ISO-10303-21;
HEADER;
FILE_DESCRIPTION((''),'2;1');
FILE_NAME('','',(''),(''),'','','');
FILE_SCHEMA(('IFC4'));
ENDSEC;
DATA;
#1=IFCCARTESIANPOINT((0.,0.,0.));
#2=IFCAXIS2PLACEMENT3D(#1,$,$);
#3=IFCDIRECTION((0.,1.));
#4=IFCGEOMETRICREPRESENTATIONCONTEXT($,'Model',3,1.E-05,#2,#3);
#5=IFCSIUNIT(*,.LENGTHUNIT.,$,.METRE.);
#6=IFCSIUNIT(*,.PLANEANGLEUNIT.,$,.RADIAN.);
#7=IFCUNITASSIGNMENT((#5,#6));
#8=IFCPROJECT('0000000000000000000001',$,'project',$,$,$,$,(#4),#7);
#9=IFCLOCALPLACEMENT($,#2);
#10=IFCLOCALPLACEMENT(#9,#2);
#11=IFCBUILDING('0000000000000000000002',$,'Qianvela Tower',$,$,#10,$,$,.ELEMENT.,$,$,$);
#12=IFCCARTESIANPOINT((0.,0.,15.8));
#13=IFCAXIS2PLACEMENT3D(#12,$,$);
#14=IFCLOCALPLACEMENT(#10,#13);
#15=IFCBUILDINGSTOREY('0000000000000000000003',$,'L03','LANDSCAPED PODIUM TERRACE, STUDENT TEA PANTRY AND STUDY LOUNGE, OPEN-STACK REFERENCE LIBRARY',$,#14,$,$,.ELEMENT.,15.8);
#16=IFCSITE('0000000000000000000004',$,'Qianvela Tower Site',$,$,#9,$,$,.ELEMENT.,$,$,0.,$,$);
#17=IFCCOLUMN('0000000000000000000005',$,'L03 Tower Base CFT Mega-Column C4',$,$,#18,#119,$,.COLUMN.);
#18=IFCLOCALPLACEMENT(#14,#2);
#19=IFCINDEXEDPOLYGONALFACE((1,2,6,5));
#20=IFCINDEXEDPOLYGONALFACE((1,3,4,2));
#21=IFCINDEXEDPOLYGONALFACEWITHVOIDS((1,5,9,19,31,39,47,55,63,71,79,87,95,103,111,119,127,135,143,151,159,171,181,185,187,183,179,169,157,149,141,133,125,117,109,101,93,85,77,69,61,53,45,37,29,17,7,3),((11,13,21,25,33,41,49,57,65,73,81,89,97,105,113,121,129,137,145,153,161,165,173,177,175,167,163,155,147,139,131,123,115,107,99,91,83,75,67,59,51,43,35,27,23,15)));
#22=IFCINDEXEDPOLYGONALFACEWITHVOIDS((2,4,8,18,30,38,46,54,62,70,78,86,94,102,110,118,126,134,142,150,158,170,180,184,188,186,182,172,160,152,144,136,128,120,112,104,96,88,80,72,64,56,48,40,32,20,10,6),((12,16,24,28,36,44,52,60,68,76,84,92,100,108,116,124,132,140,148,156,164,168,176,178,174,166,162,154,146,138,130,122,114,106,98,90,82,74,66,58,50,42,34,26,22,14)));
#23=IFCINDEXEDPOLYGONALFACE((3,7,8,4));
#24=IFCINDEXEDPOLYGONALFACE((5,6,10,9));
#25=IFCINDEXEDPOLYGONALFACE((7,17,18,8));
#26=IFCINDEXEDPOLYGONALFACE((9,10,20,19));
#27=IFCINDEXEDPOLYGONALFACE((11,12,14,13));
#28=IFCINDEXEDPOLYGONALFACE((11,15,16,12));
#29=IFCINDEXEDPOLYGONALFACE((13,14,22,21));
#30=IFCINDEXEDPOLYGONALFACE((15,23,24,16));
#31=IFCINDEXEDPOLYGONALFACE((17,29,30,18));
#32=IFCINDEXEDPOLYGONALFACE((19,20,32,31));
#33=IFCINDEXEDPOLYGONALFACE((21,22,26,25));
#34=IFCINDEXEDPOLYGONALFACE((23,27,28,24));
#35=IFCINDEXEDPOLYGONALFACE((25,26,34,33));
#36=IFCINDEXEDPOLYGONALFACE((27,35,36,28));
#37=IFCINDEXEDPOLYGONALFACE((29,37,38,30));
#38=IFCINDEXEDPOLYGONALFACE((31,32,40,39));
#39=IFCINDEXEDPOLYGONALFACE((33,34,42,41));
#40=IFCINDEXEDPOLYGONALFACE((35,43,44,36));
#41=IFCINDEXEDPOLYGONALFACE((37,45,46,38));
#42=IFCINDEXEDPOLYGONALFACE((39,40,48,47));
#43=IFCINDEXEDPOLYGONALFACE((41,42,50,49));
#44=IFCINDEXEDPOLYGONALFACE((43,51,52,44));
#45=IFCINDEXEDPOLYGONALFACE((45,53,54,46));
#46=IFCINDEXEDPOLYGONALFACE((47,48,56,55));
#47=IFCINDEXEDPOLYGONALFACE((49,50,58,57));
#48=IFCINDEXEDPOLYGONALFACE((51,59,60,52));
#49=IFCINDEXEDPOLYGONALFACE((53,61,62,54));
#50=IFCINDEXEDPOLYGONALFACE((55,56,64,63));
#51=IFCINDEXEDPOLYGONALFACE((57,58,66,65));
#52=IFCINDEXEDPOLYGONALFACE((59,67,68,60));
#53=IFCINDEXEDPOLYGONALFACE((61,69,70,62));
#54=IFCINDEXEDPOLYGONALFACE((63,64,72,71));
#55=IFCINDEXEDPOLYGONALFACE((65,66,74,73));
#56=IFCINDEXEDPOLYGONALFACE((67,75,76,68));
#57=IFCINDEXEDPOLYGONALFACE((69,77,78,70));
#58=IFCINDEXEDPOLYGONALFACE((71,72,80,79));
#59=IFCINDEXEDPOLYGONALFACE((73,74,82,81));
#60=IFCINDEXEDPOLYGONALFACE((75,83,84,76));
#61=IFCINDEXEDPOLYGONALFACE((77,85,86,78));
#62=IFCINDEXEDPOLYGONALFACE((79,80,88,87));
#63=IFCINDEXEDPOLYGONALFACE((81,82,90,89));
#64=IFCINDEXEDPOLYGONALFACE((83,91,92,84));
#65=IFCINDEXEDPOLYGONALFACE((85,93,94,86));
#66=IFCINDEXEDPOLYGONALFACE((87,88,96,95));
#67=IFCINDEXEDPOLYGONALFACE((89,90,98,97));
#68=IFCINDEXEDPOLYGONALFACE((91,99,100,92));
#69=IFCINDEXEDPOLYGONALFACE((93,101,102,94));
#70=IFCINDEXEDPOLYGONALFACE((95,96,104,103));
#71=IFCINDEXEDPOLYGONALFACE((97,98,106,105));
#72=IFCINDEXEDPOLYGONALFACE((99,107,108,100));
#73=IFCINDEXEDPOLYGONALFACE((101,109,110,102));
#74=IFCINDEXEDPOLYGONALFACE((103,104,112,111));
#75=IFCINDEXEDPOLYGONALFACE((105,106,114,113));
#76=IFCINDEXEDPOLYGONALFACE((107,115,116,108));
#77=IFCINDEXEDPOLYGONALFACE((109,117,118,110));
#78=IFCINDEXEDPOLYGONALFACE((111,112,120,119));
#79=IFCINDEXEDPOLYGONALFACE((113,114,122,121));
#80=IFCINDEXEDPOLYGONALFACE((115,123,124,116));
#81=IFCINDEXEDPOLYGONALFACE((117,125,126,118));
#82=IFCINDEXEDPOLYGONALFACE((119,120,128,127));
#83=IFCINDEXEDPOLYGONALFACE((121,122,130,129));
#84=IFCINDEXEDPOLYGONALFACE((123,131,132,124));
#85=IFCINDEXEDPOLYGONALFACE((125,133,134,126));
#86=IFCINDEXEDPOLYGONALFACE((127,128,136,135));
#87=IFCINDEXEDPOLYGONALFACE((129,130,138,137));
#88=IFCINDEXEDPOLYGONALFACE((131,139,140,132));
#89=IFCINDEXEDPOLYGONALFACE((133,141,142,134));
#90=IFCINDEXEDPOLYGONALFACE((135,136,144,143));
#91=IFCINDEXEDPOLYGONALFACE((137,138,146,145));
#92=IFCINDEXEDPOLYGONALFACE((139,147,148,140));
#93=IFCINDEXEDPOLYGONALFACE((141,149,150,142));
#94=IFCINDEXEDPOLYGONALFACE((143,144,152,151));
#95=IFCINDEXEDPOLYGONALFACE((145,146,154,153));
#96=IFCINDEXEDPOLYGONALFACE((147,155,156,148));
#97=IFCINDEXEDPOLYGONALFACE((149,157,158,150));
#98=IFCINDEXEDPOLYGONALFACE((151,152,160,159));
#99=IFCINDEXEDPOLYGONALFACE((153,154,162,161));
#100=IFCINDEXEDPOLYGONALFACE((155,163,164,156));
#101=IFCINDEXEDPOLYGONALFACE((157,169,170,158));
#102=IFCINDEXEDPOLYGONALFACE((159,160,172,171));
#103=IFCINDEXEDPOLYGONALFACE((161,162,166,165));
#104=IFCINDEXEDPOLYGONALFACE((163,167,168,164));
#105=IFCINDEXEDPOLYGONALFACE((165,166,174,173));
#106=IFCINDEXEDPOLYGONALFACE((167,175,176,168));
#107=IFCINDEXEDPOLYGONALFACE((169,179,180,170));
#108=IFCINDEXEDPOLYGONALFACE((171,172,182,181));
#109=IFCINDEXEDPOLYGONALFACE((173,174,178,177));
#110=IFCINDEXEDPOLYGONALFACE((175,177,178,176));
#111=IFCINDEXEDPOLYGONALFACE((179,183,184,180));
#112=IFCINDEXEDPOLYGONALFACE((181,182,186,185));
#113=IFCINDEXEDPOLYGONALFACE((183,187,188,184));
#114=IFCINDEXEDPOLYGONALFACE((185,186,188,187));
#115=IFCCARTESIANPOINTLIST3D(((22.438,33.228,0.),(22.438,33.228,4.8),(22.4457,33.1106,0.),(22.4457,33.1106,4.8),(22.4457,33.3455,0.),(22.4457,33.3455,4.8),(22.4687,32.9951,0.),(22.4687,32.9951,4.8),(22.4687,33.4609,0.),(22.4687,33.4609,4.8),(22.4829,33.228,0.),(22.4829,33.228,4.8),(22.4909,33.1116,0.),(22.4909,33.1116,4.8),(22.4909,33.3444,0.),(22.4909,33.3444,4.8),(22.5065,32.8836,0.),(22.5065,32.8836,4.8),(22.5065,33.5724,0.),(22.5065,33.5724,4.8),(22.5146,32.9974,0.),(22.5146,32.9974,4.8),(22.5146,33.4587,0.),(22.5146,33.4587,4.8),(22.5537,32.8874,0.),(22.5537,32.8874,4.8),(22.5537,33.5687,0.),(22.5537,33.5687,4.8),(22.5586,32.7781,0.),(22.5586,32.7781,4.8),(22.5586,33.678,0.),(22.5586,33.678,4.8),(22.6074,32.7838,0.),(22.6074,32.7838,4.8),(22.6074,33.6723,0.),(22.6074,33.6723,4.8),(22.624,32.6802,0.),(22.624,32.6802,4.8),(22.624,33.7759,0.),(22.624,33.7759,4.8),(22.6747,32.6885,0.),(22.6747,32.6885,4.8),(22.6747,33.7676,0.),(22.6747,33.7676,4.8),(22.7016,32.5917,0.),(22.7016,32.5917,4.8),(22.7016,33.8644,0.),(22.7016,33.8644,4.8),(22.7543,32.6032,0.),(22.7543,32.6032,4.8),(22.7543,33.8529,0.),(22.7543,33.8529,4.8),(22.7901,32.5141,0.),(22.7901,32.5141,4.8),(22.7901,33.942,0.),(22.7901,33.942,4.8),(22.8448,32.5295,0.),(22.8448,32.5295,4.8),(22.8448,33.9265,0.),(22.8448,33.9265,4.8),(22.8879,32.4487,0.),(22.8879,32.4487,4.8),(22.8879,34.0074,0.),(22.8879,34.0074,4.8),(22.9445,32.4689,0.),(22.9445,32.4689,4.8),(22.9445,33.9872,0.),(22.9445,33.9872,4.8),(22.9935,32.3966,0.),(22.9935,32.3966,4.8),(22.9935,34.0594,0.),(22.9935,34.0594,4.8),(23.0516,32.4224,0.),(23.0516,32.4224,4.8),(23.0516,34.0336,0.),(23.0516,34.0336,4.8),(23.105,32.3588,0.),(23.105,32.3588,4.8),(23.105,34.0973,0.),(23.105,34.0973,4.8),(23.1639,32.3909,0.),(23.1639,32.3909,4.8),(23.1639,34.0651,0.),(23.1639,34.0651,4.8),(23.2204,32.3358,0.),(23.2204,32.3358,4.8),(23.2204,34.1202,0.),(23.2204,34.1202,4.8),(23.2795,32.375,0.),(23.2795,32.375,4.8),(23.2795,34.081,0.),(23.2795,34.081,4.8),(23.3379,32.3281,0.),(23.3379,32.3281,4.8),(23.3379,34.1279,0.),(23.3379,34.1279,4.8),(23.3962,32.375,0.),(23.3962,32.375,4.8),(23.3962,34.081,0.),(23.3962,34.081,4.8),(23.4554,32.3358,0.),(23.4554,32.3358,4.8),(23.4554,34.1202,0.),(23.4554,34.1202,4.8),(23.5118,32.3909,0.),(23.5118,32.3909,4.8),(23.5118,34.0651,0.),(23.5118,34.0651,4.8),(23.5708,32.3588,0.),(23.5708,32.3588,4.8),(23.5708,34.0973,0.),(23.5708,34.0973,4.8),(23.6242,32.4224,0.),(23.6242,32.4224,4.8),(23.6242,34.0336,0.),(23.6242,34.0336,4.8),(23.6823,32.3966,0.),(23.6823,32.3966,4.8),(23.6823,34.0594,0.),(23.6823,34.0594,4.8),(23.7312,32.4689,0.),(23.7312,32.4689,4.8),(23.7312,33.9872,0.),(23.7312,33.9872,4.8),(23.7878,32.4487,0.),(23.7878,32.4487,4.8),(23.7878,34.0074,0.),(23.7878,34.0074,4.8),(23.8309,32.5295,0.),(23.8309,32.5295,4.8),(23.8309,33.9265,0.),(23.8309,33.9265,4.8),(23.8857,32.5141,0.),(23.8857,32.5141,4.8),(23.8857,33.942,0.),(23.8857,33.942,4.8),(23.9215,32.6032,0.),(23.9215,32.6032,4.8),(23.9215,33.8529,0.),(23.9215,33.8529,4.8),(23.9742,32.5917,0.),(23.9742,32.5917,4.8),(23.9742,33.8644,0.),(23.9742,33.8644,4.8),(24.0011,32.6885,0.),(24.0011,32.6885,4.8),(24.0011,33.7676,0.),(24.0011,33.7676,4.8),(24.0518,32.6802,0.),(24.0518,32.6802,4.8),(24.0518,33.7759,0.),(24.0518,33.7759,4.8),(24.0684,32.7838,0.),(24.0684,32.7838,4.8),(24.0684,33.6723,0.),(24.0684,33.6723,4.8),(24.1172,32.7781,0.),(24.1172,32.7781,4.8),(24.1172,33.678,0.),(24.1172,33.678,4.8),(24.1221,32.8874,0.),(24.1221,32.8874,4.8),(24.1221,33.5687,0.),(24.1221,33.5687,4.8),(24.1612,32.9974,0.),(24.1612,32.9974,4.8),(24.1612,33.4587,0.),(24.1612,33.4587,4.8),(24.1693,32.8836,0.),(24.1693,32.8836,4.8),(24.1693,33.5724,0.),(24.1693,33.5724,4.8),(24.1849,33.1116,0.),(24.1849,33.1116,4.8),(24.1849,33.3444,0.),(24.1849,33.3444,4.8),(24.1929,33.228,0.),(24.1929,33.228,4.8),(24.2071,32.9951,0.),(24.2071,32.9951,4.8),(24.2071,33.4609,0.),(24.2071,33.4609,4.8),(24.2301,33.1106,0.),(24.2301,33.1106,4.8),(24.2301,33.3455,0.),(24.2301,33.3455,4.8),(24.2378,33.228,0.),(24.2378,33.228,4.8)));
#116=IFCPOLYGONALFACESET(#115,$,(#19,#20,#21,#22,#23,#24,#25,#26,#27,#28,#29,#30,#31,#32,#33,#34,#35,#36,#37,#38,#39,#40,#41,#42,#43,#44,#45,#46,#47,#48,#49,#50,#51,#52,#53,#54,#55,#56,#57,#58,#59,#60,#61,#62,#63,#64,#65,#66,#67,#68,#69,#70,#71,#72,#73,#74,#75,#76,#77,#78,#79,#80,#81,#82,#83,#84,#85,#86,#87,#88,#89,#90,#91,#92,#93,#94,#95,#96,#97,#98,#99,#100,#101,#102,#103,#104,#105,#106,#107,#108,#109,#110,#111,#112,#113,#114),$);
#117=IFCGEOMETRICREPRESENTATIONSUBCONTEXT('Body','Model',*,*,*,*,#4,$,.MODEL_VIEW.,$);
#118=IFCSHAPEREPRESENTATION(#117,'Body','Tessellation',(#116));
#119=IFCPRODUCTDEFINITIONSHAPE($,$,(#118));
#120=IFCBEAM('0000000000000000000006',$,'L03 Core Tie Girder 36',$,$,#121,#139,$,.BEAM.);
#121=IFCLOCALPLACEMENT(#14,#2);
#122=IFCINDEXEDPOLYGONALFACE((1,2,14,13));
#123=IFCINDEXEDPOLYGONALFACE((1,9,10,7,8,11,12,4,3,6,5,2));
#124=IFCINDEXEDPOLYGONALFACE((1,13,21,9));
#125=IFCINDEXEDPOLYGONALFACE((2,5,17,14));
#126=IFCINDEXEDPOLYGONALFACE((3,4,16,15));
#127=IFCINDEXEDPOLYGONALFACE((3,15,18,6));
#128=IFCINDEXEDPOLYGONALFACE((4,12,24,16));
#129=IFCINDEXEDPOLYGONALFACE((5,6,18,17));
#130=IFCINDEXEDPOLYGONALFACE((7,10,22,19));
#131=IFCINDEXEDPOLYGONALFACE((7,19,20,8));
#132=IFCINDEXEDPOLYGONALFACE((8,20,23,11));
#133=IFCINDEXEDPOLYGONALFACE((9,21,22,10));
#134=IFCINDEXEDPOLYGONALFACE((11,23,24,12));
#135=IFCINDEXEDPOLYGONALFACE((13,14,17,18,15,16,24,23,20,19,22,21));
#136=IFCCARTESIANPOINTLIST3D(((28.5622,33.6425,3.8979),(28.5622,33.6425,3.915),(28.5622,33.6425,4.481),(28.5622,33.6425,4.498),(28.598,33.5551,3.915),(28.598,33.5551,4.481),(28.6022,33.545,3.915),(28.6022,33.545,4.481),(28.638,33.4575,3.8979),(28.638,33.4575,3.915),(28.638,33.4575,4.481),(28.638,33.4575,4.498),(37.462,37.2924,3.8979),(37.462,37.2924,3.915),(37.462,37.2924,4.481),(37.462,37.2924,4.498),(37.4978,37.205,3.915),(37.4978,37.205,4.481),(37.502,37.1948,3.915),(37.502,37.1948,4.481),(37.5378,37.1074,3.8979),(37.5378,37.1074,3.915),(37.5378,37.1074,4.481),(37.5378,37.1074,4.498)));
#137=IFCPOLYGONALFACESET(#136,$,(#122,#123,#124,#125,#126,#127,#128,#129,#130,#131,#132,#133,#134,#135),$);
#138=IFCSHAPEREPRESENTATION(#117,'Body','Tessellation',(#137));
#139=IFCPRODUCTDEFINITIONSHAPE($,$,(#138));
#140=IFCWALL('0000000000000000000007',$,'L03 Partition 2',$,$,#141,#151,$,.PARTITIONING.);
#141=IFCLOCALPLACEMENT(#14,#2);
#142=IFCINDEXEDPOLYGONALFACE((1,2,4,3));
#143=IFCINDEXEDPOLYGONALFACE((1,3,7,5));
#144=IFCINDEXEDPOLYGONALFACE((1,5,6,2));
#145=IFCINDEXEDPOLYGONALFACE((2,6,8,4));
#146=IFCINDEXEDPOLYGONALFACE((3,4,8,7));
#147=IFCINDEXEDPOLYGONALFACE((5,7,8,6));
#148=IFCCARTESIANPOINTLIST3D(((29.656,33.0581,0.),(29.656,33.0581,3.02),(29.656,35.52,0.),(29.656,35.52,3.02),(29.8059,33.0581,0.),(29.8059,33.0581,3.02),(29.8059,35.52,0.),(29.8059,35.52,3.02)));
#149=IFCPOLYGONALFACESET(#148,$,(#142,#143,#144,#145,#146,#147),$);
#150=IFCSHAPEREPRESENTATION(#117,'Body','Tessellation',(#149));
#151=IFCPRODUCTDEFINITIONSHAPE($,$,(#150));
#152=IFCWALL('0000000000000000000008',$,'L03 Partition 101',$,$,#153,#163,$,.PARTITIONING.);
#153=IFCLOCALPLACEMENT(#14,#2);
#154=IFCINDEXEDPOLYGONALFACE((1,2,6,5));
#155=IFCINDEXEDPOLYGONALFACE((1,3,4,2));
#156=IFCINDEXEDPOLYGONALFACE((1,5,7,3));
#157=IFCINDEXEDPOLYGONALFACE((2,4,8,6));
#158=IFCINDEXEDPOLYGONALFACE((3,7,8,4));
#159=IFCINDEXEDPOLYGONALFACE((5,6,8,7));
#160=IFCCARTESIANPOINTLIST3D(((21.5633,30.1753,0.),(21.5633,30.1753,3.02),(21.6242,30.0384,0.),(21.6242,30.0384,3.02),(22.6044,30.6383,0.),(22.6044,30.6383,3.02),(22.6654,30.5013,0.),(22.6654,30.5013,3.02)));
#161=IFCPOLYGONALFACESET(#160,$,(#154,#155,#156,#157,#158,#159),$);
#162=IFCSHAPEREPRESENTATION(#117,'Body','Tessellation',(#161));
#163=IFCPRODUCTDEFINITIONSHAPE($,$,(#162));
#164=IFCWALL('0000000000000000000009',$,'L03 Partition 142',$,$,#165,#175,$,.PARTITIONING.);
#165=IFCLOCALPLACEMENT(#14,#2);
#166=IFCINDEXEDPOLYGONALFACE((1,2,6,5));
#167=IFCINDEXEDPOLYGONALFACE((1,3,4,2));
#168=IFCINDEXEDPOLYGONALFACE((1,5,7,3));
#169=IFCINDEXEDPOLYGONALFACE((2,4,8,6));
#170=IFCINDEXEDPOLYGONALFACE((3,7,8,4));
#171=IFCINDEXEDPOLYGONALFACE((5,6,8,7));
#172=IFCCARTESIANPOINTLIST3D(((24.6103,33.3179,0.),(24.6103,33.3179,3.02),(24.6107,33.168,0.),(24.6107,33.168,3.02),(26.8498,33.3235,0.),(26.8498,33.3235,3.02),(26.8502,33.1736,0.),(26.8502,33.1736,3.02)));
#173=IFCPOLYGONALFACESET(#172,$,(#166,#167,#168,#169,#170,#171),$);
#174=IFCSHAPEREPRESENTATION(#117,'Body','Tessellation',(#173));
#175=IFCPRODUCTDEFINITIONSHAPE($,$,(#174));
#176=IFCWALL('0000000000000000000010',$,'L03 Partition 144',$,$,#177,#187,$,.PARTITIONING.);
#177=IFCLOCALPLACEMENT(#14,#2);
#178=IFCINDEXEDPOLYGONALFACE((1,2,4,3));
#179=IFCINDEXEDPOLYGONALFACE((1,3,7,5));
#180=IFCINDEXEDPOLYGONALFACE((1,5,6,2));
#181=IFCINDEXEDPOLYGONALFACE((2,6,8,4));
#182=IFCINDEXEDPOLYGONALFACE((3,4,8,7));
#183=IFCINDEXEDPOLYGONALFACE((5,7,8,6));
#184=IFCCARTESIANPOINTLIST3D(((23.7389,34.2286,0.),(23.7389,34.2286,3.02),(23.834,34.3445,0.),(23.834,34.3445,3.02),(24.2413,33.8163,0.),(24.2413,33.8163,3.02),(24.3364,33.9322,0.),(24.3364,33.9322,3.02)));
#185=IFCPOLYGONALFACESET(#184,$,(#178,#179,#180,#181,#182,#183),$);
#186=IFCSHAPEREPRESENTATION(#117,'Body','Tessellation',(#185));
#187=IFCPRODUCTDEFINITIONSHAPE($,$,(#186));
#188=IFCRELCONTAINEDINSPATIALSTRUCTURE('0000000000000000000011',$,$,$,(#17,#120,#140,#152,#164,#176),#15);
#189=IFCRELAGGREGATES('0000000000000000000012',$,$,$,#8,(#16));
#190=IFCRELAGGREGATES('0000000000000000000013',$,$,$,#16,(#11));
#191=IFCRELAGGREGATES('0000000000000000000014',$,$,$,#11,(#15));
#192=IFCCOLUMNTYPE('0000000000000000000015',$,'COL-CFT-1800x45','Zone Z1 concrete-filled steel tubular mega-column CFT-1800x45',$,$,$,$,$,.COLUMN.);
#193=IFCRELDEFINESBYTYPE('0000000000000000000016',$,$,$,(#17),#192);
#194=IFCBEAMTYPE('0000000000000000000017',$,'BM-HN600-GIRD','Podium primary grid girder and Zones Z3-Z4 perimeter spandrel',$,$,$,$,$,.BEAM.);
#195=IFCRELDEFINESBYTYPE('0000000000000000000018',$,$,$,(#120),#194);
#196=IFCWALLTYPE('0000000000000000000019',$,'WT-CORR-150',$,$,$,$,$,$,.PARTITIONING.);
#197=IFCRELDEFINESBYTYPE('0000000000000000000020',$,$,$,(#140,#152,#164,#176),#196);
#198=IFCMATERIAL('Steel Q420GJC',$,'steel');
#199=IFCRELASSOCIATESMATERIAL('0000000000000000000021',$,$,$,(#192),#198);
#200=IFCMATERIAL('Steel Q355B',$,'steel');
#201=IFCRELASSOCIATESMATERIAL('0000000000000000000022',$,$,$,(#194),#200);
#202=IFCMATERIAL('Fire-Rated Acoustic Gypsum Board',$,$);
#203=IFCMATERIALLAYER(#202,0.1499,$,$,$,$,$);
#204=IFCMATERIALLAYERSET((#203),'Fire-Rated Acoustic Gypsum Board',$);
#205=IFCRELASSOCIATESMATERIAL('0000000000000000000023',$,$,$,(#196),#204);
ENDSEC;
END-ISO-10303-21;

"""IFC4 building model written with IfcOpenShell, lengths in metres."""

from ifc_helpers import new_model, si_unit, direction, frame, frame_2d, origin, origin_2d, place, context, subcontext, project, spatial, rectangle, hollow_circle, i_section, extrude, material, layer, layer_set, material_profile, profile_set, type_object, element, save


model = new_model("IFC4")

# Units and contexts
model_context = context("Model", 3, precision=1e-05, world=origin(), true_north=direction((0.0, 1.0)))
body_context = subcontext(model_context, "Body", "Model", "MODEL_VIEW")
ifc_project = project(units=[si_unit("LENGTHUNIT", "METRE"), si_unit("PLANEANGLEUNIT", "RADIAN")], contexts=[model_context])

# Site, building, storey
site_placement = place(None, origin())
site = spatial("IfcSite", under=ifc_project, at=site_placement, Name="Qianvela Tower Site", CompositionType="ELEMENT", RefElevation=0.0)
building_placement = place(site_placement, origin())
building = spatial("IfcBuilding", under=site, at=building_placement, Name="Qianvela Tower", CompositionType="ELEMENT")
storey_placement = place(building_placement, frame((0.0, 0.0, 15.8)))
storey = spatial("IfcBuildingStorey", under=building, at=storey_placement, Name="L03", Description="LANDSCAPED PODIUM TERRACE, STUDENT TEA PANTRY AND STUDY LOUNGE, OPEN-STACK REFERENCE LIBRARY", CompositionType="ELEMENT", Elevation=15.8)

# Column
ifc_material_1 = material(Name="Steel Q420GJC", Category="steel")
ifc_material_profile_1 = material_profile(ifc_material_1, hollow_circle(Radius=0.8999, WallThickness=0.0449, at=origin_2d()), Name="CFT-1800x45")
ifc_profile_set_1 = profile_set([ifc_material_profile_1], Name="Steel Q420GJC")
column_type = type_object("IfcColumnType", Name="COL-CFT-1800x45", Description="Zone Z1 concrete-filled steel tubular mega-column CFT-1800x45", PredefinedType="COLUMN", material=ifc_profile_set_1)
for number, where, z_axis, x_axis, name in (
    (1, (23.3379, 33.228, 0.0), (0.0, 0.0, 1.0), (1.0, 0.0, 0.0), "L03 Tower Base CFT Mega-Column C4"),
):
    element("IfcColumn", number, at=place(storey_placement, frame(where, z_axis=z_axis, x_axis=x_axis)), inside=storey, type_object=column_type, Name=name, PredefinedType="COLUMN", context=body_context, shape_type="SweptSolid", body=[
        extrude(hollow_circle(Radius=0.8999, WallThickness=0.0449, at=origin_2d()), origin(), (0.0, 0.0, 1.0), 4.8),
    ])

# Beam
ifc_material_2 = material(Name="Steel Q355B", Category="steel")
ifc_material_profile_2 = material_profile(ifc_material_2, i_section(OverallWidth=0.2, OverallDepth=0.6001, WebThickness=0.011, FlangeThickness=0.0171, at=origin_2d()), Name="HN600x200x11x17")
ifc_profile_set_2 = profile_set([ifc_material_profile_2], Name="Steel Q355B")
beam_type = type_object("IfcBeamType", Name="BM-HN600-GIRD", Description="Podium primary grid girder and Zones Z3-Z4 perimeter spandrel", PredefinedType="BEAM", material=ifc_profile_set_2)
beam_placement = place(storey_placement, frame((28.6001, 33.55, 4.198), z_axis=(0.925218, 0.379437, 0.0), x_axis=(-0.379437, 0.925218, 0.0)))
element("IfcBeam", 2, at=beam_placement, inside=storey, type_object=beam_type, Name="L03 Core Tie Girder 36", PredefinedType="BEAM", context=body_context, shape_type="SweptSolid", body=[
    extrude(i_section(OverallWidth=0.2, OverallDepth=0.6001, WebThickness=0.011, FlangeThickness=0.0171, at=origin_2d()), origin(), (0.0, 0.0, 1.0), 9.6191),
])

# Wall
ifc_material_3 = material(Name="Fire-Rated Acoustic Gypsum Board")
ifc_layer_1 = layer(ifc_material_3, 0.1499)
ifc_layer_set_1 = layer_set([ifc_layer_1], Name="Fire-Rated Acoustic Gypsum Board")
wall_type_1 = type_object("IfcWallType", Name="WT-CORR-150", PredefinedType="PARTITIONING", material=ifc_layer_set_1)
wall_1_placement = place(storey_placement, frame((29.731, 33.0581, 0.0), z_axis=(0.0, 0.0, 1.0), x_axis=(0.0, 1.0, 0.0)))
element("IfcWall", 3, at=wall_1_placement, inside=storey, type_object=wall_type_1, Name="L03 Partition 2", PredefinedType="PARTITIONING", context=body_context, shape_type="SweptSolid", body=[
    extrude(rectangle(XDim=2.4619, YDim=0.1499, at=frame_2d((1.231, 0.0))), origin(), (0.0, 0.0, 1.0), 3.02),
])

# Walls
wall_2_placement = place(storey_placement, frame((22.635, 30.5698, 0.0), z_axis=(0.0, 0.0, 1.0), x_axis=(-0.913741, -0.406298, 0.0)))
element("IfcWall", 4, at=wall_2_placement, inside=storey, type_object=wall_type_1, Name="L03 Partition 101", PredefinedType="PARTITIONING", context=body_context, shape_type="SweptSolid", body=[
    extrude(rectangle(XDim=1.1394, YDim=0.1499, at=frame_2d((0.5698, 0.0))), origin(), (0.0, 0.0, 1.0), 3.02),
])
wall_3_placement = place(storey_placement, frame((26.8499, 33.2485, 0.0), z_axis=(0.0, 0.0, 1.0), x_axis=(-0.999997, -0.002507, 0.0)))
element("IfcWall", 5, at=wall_3_placement, inside=storey, type_object=wall_type_1, Name="L03 Partition 142", PredefinedType="PARTITIONING", context=body_context, shape_type="SweptSolid", body=[
    extrude(rectangle(XDim=2.2395, YDim=0.1499, at=frame_2d((1.1196, 0.0))), origin(), (0.0, 0.0, 1.0), 3.02),
])
wall_4_placement = place(storey_placement, frame((24.2888, 33.8743, 0.0), z_axis=(0.0, 0.0, 1.0), x_axis=(-0.773003, 0.634403, 0.0)))
element("IfcWall", 6, at=wall_4_placement, inside=storey, type_object=wall_type_1, Name="L03 Partition 144", PredefinedType="PARTITIONING", context=body_context, shape_type="SweptSolid", body=[
    extrude(rectangle(XDim=0.6499, YDim=0.1499, at=frame_2d((0.325, 0.0))), origin(), (0.0, 0.0, 1.0), 3.02),
])

save(model, "model.ifc")
